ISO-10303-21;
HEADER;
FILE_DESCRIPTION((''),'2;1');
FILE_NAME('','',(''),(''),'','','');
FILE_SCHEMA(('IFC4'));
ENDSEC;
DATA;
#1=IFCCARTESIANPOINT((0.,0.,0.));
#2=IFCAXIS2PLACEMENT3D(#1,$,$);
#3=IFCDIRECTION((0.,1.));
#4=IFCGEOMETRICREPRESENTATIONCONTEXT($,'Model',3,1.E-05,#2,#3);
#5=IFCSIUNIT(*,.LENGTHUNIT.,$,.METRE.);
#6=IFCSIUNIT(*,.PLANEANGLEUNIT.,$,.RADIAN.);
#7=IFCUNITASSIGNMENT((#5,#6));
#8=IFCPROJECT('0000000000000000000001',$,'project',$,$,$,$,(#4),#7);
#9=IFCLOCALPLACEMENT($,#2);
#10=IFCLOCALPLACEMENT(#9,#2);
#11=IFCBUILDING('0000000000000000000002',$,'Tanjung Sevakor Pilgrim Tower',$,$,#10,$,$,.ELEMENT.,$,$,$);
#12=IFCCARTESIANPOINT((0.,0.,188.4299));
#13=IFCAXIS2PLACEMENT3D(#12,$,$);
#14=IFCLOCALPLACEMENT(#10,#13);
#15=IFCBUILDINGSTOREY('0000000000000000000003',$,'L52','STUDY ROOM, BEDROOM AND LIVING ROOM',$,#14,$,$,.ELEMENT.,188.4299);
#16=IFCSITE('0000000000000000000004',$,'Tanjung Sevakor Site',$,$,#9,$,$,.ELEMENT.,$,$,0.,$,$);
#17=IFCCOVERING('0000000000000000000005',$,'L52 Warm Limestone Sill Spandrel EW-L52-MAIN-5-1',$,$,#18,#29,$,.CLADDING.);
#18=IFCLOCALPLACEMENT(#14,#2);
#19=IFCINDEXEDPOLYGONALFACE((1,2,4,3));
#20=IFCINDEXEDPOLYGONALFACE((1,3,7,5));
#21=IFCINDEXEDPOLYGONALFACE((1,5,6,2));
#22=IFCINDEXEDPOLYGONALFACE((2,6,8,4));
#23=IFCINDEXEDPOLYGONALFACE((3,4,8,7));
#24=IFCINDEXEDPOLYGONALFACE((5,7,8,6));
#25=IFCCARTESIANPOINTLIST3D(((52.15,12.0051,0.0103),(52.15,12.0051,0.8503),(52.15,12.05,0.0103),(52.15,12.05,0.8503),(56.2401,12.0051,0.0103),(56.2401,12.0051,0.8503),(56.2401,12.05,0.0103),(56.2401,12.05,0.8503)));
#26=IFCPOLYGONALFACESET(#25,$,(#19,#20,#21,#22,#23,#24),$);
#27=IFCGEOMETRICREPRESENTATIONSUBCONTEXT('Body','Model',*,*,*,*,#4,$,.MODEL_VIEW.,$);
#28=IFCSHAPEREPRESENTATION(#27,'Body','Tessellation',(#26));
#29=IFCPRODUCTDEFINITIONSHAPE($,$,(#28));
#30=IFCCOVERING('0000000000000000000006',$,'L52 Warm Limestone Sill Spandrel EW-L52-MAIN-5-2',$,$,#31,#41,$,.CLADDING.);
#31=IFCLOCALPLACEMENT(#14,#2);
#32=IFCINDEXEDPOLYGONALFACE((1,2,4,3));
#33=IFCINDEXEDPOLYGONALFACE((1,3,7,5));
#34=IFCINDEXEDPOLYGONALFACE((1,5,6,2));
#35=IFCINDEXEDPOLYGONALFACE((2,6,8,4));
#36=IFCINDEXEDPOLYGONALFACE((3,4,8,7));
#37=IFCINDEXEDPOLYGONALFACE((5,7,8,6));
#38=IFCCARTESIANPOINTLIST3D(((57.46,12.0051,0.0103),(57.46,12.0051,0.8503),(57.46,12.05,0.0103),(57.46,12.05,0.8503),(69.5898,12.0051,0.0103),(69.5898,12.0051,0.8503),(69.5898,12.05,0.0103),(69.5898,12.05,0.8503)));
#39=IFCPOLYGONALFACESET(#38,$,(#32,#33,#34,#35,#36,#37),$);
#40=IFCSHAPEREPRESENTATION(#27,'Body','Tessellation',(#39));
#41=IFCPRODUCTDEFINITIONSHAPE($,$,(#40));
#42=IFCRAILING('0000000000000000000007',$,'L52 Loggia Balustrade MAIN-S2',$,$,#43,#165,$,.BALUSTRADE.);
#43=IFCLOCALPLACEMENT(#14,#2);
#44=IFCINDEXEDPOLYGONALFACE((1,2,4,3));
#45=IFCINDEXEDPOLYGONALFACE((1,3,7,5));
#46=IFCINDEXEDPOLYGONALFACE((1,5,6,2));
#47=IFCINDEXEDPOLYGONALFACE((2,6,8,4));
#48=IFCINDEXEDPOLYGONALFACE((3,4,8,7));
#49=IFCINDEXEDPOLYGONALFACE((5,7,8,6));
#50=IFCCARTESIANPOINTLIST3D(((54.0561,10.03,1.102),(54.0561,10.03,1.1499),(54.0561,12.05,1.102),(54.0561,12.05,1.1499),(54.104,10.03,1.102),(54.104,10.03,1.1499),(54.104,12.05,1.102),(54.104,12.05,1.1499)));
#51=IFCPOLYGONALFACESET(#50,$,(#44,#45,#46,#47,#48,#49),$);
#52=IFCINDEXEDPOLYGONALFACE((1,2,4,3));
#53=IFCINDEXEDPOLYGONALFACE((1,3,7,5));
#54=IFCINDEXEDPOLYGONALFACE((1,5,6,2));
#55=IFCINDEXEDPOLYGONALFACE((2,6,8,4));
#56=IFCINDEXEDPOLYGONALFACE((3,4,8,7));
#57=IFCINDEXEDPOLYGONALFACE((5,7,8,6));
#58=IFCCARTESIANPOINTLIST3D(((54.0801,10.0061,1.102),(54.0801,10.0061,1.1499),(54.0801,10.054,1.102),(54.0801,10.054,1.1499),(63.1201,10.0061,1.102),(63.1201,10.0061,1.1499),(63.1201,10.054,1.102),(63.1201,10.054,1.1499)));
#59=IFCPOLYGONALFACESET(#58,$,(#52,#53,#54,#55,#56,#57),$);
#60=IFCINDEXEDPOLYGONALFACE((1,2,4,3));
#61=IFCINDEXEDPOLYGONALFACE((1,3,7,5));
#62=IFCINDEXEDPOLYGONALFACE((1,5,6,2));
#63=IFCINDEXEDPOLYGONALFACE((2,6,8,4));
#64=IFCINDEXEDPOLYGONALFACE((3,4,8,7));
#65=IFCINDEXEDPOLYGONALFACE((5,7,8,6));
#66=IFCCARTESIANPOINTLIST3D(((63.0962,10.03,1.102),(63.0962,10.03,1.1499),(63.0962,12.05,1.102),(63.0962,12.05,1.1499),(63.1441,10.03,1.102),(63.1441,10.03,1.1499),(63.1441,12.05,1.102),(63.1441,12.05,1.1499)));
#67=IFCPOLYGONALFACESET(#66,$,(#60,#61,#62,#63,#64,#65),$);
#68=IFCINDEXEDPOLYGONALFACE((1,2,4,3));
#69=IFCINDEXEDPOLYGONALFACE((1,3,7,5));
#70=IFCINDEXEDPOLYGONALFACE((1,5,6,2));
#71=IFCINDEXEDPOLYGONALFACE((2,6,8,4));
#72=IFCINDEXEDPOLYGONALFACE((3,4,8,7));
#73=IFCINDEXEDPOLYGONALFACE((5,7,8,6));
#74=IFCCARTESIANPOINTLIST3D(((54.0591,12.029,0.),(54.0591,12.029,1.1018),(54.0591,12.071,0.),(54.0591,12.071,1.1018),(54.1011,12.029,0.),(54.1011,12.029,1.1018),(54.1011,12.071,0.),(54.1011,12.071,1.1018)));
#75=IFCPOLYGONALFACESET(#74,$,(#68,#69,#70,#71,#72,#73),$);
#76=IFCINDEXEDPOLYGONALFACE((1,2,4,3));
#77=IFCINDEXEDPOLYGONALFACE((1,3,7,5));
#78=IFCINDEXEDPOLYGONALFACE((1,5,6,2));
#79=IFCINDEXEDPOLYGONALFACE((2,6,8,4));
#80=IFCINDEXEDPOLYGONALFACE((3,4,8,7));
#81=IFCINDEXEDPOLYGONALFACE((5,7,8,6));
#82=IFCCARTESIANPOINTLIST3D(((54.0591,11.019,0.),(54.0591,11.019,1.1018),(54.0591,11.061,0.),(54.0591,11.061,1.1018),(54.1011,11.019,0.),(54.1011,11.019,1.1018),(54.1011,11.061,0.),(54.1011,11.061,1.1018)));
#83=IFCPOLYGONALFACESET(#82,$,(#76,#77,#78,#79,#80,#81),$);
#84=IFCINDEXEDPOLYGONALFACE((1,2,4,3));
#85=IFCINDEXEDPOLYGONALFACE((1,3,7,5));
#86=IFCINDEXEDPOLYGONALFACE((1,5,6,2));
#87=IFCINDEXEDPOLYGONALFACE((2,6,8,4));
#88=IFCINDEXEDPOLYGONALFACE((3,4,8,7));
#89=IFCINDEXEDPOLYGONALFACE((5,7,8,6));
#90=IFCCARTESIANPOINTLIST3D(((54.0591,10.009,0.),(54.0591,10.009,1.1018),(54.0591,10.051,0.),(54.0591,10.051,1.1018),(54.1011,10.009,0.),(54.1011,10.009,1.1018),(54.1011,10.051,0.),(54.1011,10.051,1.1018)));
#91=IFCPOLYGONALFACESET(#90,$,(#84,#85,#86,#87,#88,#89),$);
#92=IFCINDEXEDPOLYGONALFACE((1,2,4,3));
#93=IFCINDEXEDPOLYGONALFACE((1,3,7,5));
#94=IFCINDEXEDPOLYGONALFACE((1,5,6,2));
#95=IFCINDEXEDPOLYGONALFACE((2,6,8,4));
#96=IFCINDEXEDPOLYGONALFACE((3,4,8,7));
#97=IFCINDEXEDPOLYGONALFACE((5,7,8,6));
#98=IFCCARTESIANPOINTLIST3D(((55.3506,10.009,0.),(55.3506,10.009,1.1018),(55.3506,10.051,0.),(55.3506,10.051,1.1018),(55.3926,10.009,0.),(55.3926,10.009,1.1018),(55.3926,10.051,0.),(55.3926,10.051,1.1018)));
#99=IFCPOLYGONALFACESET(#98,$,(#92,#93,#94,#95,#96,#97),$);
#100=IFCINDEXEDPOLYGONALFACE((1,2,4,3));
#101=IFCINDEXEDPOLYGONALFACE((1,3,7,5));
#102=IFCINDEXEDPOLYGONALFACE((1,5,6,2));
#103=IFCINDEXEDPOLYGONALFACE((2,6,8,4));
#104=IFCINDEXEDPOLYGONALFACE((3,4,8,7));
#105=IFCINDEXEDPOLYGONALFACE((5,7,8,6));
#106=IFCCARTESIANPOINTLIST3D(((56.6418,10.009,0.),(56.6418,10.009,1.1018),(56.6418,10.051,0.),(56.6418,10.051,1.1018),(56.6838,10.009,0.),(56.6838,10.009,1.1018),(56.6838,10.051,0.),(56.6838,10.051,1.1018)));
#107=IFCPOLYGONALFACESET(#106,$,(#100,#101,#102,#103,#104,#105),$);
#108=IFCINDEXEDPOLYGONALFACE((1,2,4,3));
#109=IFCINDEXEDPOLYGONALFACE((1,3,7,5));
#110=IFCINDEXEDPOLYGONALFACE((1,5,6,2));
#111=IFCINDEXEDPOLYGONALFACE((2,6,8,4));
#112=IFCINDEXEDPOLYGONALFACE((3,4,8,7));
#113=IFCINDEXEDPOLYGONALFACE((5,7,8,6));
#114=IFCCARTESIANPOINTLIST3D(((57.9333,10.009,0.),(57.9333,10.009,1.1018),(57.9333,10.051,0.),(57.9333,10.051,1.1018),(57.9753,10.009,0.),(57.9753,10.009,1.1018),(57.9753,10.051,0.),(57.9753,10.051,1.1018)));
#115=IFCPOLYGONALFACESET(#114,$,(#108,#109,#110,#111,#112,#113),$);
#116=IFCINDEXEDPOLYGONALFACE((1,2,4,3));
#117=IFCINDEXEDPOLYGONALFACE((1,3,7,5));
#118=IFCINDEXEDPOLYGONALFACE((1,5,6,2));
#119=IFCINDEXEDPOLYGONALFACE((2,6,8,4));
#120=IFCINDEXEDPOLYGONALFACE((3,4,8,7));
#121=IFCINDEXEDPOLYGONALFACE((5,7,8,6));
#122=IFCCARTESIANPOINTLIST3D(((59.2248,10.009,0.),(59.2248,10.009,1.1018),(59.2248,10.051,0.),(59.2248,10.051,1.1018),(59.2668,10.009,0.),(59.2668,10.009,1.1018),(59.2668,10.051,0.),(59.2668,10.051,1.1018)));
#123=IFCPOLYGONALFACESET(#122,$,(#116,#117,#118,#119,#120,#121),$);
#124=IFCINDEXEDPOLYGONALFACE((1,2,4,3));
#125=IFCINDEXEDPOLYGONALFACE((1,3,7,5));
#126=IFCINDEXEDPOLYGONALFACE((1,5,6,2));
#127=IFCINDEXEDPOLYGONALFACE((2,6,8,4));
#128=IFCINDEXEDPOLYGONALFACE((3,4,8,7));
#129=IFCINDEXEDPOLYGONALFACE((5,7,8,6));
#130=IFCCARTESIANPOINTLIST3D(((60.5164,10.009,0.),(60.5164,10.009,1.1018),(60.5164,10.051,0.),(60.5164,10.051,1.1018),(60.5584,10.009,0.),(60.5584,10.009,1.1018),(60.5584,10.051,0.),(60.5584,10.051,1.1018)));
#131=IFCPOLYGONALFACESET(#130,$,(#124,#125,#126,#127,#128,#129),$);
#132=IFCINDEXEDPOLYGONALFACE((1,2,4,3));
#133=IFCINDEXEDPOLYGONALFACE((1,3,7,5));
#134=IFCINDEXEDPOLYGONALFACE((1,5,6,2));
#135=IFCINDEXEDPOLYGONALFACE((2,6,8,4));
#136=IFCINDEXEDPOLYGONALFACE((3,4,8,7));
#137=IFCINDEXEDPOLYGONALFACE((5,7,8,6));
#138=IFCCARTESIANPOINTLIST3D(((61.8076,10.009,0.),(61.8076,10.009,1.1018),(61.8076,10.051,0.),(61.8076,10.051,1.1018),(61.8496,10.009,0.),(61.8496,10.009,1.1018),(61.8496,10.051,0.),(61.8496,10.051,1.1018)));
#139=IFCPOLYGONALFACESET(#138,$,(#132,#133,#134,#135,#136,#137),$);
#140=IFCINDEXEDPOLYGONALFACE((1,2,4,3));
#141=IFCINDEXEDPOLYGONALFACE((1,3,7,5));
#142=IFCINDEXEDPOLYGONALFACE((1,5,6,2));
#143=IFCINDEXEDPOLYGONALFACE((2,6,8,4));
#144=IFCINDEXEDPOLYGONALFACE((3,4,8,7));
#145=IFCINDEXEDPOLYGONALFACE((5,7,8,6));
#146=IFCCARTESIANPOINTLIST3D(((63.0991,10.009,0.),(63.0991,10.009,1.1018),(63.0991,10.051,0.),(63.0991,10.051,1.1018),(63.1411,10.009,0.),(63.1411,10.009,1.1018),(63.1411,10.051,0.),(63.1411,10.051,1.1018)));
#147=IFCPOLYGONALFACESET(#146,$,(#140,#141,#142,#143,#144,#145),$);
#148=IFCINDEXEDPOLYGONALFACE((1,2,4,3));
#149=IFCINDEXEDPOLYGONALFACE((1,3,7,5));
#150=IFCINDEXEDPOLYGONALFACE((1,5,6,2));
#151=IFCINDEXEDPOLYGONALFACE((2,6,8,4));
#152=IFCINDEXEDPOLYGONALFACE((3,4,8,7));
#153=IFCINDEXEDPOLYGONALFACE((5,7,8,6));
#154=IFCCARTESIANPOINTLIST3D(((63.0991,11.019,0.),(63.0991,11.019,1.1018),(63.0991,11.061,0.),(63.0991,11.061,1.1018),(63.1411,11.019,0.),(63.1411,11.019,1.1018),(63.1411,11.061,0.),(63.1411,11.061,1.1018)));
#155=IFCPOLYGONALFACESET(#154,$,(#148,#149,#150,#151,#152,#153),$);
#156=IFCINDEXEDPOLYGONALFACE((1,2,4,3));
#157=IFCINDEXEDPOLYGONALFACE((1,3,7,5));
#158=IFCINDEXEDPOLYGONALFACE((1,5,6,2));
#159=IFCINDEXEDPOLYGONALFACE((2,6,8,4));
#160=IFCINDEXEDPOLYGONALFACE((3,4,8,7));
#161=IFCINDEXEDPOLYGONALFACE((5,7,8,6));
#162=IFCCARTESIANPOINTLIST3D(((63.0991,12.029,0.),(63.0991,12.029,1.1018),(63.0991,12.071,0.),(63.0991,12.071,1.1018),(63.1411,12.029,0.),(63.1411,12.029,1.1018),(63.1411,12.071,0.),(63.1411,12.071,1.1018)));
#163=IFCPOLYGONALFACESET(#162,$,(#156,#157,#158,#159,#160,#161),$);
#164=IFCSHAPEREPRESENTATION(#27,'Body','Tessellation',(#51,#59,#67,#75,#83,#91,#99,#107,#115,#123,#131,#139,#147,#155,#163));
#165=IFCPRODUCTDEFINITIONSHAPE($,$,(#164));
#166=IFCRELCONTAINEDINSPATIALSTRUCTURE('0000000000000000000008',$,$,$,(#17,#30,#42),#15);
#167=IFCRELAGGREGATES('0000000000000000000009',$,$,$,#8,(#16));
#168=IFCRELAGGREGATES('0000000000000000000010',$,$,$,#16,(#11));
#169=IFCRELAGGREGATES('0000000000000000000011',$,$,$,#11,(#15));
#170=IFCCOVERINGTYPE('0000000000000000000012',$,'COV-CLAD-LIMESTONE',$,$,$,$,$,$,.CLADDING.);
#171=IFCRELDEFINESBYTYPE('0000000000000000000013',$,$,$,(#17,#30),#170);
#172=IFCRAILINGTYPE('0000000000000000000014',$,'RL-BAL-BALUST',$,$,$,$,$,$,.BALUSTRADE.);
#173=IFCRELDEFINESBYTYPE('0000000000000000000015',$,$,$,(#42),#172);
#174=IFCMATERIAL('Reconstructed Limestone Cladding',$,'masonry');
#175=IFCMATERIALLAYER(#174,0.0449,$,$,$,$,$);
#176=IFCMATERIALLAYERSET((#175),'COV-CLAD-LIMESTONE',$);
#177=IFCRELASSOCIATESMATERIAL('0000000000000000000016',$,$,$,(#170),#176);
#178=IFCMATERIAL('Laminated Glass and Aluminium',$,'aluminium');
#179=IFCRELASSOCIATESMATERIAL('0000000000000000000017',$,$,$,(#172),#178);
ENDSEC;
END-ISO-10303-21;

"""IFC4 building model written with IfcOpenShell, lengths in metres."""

from ifc_helpers import new_model, si_unit, direction, frame, origin, origin_2d, place, context, subcontext, project, spatial, rectangle, extrude, material, layer, layer_set, type_object, element, save


model = new_model("IFC4")

# Units and contexts
model_context = context("Model", 3, precision=1e-05, world=origin(), true_north=direction((0.0, 1.0)))
body_context = subcontext(model_context, "Body", "Model", "MODEL_VIEW")
ifc_project = project(units=[si_unit("LENGTHUNIT", "METRE"), si_unit("PLANEANGLEUNIT", "RADIAN")], contexts=[model_context])

# Site, building, storey
site_placement = place(None, origin())
site = spatial("IfcSite", under=ifc_project, at=site_placement, Name="Tanjung Sevakor Site", CompositionType="ELEMENT", RefElevation=0.0)
building_placement = place(site_placement, origin())
building = spatial("IfcBuilding", under=site, at=building_placement, Name="Tanjung Sevakor Pilgrim Tower", CompositionType="ELEMENT")
storey_placement = place(building_placement, frame((0.0, 0.0, 188.4299)))
storey = spatial("IfcBuildingStorey", under=building, at=storey_placement, Name="L52", Description="STUDY ROOM, BEDROOM AND LIVING ROOM", CompositionType="ELEMENT", Elevation=188.4299)

# Coverings
ifc_material_1 = material(Name="Reconstructed Limestone Cladding", Category="masonry")
ifc_layer_1 = layer(ifc_material_1, 0.0449)
ifc_layer_set_1 = layer_set([ifc_layer_1], Name="COV-CLAD-LIMESTONE")
covering_type = type_object("IfcCoveringType", Name="COV-CLAD-LIMESTONE", PredefinedType="CLADDING", material=ifc_layer_set_1)
covering_1_placement = place(storey_placement, frame((54.1951, 12.0276, 0.0103), z_axis=(0.0, 0.0, 1.0), x_axis=(1.0, 0.0, 0.0)))
element("IfcCovering", 1, at=covering_1_placement, inside=storey, type_object=covering_type, Name="L52 Warm Limestone Sill Spandrel EW-L52-MAIN-5-1", PredefinedType="CLADDING", context=body_context, shape_type="SweptSolid", body=[
    extrude(rectangle(XDim=4.0901, YDim=0.0449, at=origin_2d()), origin(), (0.0, 0.0, 1.0), 0.8401),
])
covering_2_placement = place(storey_placement, frame((63.5249, 12.0276, 0.0103), z_axis=(0.0, 0.0, 1.0), x_axis=(1.0, 0.0, 0.0)))
element("IfcCovering", 2, at=covering_2_placement, inside=storey, type_object=covering_type, Name="L52 Warm Limestone Sill Spandrel EW-L52-MAIN-5-2", PredefinedType="CLADDING", context=body_context, shape_type="SweptSolid", body=[
    extrude(rectangle(XDim=12.1299, YDim=0.0449, at=origin_2d()), origin(), (0.0, 0.0, 1.0), 0.8401),
])

# Railing
ifc_material_2 = material(Name="Laminated Glass and Aluminium", Category="aluminium")
railing_type = type_object("IfcRailingType", Name="RL-BAL-BALUST", PredefinedType="BALUSTRADE", material=ifc_material_2)
railing_1_placement = place(storey_placement, frame((54.0801, 12.05, 0.0)))
element("IfcRailing", 3, at=railing_1_placement, inside=storey, type_object=railing_type, Name="L52 Loggia Balustrade MAIN-S2", PredefinedType="BALUSTRADE", context=body_context, shape_type="SweptSolid", body=[
    extrude(rectangle(XDim=0.0479, YDim=0.0479), frame((0.0, 0.0, 1.126), z_axis=(0.0, -1.0, 0.0), x_axis=(1.0, 0.0, 0.0)), (0.0, 0.0, 1.0), 2.02),
    extrude(rectangle(XDim=0.0479, YDim=0.0479), frame((0.0, -2.02, 1.126), z_axis=(1.0, 0.0, 0.0), x_axis=(0.0, 1.0, 0.0)), (0.0, 0.0, 1.0), 9.04),
    extrude(rectangle(XDim=0.0479, YDim=0.0479), frame((9.04, -2.02, 1.126), z_axis=(0.0, 1.0, 0.0), x_axis=(-1.0, 0.0, 0.0)), (0.0, 0.0, 1.0), 2.02),
    extrude(rectangle(XDim=0.042, YDim=0.042), origin(), (0.0, 0.0, 1.0), 1.1018),
    extrude(rectangle(XDim=0.042, YDim=0.042), frame((0.0, -1.01, 0.0)), (0.0, 0.0, 1.0), 1.1018),
    extrude(rectangle(XDim=0.042, YDim=0.042), frame((0.0, -2.02, 0.0)), (0.0, 0.0, 1.0), 1.1018),
    extrude(rectangle(XDim=0.042, YDim=0.042), frame((1.2915, -2.02, 0.0)), (0.0, 0.0, 1.0), 1.1018),
    extrude(rectangle(XDim=0.042, YDim=0.042), frame((2.5828, -2.02, 0.0)), (0.0, 0.0, 1.0), 1.1018),
    extrude(rectangle(XDim=0.042, YDim=0.042), frame((3.8743, -2.02, 0.0)), (0.0, 0.0, 1.0), 1.1018),
    extrude(rectangle(XDim=0.042, YDim=0.042), frame((5.1658, -2.02, 0.0)), (0.0, 0.0, 1.0), 1.1018),
    extrude(rectangle(XDim=0.042, YDim=0.042), frame((6.4573, -2.02, 0.0)), (0.0, 0.0, 1.0), 1.1018),
    extrude(rectangle(XDim=0.042, YDim=0.042), frame((7.7485, -2.02, 0.0)), (0.0, 0.0, 1.0), 1.1018),
    extrude(rectangle(XDim=0.042, YDim=0.042), frame((9.04, -2.02, 0.0)), (0.0, 0.0, 1.0), 1.1018),
    extrude(rectangle(XDim=0.042, YDim=0.042), frame((9.04, -1.01, 0.0)), (0.0, 0.0, 1.0), 1.1018),
    extrude(rectangle(XDim=0.042, YDim=0.042), frame((9.04, 0.0, 0.0)), (0.0, 0.0, 1.0), 1.1018),
])

save(model, "model.ifc")
